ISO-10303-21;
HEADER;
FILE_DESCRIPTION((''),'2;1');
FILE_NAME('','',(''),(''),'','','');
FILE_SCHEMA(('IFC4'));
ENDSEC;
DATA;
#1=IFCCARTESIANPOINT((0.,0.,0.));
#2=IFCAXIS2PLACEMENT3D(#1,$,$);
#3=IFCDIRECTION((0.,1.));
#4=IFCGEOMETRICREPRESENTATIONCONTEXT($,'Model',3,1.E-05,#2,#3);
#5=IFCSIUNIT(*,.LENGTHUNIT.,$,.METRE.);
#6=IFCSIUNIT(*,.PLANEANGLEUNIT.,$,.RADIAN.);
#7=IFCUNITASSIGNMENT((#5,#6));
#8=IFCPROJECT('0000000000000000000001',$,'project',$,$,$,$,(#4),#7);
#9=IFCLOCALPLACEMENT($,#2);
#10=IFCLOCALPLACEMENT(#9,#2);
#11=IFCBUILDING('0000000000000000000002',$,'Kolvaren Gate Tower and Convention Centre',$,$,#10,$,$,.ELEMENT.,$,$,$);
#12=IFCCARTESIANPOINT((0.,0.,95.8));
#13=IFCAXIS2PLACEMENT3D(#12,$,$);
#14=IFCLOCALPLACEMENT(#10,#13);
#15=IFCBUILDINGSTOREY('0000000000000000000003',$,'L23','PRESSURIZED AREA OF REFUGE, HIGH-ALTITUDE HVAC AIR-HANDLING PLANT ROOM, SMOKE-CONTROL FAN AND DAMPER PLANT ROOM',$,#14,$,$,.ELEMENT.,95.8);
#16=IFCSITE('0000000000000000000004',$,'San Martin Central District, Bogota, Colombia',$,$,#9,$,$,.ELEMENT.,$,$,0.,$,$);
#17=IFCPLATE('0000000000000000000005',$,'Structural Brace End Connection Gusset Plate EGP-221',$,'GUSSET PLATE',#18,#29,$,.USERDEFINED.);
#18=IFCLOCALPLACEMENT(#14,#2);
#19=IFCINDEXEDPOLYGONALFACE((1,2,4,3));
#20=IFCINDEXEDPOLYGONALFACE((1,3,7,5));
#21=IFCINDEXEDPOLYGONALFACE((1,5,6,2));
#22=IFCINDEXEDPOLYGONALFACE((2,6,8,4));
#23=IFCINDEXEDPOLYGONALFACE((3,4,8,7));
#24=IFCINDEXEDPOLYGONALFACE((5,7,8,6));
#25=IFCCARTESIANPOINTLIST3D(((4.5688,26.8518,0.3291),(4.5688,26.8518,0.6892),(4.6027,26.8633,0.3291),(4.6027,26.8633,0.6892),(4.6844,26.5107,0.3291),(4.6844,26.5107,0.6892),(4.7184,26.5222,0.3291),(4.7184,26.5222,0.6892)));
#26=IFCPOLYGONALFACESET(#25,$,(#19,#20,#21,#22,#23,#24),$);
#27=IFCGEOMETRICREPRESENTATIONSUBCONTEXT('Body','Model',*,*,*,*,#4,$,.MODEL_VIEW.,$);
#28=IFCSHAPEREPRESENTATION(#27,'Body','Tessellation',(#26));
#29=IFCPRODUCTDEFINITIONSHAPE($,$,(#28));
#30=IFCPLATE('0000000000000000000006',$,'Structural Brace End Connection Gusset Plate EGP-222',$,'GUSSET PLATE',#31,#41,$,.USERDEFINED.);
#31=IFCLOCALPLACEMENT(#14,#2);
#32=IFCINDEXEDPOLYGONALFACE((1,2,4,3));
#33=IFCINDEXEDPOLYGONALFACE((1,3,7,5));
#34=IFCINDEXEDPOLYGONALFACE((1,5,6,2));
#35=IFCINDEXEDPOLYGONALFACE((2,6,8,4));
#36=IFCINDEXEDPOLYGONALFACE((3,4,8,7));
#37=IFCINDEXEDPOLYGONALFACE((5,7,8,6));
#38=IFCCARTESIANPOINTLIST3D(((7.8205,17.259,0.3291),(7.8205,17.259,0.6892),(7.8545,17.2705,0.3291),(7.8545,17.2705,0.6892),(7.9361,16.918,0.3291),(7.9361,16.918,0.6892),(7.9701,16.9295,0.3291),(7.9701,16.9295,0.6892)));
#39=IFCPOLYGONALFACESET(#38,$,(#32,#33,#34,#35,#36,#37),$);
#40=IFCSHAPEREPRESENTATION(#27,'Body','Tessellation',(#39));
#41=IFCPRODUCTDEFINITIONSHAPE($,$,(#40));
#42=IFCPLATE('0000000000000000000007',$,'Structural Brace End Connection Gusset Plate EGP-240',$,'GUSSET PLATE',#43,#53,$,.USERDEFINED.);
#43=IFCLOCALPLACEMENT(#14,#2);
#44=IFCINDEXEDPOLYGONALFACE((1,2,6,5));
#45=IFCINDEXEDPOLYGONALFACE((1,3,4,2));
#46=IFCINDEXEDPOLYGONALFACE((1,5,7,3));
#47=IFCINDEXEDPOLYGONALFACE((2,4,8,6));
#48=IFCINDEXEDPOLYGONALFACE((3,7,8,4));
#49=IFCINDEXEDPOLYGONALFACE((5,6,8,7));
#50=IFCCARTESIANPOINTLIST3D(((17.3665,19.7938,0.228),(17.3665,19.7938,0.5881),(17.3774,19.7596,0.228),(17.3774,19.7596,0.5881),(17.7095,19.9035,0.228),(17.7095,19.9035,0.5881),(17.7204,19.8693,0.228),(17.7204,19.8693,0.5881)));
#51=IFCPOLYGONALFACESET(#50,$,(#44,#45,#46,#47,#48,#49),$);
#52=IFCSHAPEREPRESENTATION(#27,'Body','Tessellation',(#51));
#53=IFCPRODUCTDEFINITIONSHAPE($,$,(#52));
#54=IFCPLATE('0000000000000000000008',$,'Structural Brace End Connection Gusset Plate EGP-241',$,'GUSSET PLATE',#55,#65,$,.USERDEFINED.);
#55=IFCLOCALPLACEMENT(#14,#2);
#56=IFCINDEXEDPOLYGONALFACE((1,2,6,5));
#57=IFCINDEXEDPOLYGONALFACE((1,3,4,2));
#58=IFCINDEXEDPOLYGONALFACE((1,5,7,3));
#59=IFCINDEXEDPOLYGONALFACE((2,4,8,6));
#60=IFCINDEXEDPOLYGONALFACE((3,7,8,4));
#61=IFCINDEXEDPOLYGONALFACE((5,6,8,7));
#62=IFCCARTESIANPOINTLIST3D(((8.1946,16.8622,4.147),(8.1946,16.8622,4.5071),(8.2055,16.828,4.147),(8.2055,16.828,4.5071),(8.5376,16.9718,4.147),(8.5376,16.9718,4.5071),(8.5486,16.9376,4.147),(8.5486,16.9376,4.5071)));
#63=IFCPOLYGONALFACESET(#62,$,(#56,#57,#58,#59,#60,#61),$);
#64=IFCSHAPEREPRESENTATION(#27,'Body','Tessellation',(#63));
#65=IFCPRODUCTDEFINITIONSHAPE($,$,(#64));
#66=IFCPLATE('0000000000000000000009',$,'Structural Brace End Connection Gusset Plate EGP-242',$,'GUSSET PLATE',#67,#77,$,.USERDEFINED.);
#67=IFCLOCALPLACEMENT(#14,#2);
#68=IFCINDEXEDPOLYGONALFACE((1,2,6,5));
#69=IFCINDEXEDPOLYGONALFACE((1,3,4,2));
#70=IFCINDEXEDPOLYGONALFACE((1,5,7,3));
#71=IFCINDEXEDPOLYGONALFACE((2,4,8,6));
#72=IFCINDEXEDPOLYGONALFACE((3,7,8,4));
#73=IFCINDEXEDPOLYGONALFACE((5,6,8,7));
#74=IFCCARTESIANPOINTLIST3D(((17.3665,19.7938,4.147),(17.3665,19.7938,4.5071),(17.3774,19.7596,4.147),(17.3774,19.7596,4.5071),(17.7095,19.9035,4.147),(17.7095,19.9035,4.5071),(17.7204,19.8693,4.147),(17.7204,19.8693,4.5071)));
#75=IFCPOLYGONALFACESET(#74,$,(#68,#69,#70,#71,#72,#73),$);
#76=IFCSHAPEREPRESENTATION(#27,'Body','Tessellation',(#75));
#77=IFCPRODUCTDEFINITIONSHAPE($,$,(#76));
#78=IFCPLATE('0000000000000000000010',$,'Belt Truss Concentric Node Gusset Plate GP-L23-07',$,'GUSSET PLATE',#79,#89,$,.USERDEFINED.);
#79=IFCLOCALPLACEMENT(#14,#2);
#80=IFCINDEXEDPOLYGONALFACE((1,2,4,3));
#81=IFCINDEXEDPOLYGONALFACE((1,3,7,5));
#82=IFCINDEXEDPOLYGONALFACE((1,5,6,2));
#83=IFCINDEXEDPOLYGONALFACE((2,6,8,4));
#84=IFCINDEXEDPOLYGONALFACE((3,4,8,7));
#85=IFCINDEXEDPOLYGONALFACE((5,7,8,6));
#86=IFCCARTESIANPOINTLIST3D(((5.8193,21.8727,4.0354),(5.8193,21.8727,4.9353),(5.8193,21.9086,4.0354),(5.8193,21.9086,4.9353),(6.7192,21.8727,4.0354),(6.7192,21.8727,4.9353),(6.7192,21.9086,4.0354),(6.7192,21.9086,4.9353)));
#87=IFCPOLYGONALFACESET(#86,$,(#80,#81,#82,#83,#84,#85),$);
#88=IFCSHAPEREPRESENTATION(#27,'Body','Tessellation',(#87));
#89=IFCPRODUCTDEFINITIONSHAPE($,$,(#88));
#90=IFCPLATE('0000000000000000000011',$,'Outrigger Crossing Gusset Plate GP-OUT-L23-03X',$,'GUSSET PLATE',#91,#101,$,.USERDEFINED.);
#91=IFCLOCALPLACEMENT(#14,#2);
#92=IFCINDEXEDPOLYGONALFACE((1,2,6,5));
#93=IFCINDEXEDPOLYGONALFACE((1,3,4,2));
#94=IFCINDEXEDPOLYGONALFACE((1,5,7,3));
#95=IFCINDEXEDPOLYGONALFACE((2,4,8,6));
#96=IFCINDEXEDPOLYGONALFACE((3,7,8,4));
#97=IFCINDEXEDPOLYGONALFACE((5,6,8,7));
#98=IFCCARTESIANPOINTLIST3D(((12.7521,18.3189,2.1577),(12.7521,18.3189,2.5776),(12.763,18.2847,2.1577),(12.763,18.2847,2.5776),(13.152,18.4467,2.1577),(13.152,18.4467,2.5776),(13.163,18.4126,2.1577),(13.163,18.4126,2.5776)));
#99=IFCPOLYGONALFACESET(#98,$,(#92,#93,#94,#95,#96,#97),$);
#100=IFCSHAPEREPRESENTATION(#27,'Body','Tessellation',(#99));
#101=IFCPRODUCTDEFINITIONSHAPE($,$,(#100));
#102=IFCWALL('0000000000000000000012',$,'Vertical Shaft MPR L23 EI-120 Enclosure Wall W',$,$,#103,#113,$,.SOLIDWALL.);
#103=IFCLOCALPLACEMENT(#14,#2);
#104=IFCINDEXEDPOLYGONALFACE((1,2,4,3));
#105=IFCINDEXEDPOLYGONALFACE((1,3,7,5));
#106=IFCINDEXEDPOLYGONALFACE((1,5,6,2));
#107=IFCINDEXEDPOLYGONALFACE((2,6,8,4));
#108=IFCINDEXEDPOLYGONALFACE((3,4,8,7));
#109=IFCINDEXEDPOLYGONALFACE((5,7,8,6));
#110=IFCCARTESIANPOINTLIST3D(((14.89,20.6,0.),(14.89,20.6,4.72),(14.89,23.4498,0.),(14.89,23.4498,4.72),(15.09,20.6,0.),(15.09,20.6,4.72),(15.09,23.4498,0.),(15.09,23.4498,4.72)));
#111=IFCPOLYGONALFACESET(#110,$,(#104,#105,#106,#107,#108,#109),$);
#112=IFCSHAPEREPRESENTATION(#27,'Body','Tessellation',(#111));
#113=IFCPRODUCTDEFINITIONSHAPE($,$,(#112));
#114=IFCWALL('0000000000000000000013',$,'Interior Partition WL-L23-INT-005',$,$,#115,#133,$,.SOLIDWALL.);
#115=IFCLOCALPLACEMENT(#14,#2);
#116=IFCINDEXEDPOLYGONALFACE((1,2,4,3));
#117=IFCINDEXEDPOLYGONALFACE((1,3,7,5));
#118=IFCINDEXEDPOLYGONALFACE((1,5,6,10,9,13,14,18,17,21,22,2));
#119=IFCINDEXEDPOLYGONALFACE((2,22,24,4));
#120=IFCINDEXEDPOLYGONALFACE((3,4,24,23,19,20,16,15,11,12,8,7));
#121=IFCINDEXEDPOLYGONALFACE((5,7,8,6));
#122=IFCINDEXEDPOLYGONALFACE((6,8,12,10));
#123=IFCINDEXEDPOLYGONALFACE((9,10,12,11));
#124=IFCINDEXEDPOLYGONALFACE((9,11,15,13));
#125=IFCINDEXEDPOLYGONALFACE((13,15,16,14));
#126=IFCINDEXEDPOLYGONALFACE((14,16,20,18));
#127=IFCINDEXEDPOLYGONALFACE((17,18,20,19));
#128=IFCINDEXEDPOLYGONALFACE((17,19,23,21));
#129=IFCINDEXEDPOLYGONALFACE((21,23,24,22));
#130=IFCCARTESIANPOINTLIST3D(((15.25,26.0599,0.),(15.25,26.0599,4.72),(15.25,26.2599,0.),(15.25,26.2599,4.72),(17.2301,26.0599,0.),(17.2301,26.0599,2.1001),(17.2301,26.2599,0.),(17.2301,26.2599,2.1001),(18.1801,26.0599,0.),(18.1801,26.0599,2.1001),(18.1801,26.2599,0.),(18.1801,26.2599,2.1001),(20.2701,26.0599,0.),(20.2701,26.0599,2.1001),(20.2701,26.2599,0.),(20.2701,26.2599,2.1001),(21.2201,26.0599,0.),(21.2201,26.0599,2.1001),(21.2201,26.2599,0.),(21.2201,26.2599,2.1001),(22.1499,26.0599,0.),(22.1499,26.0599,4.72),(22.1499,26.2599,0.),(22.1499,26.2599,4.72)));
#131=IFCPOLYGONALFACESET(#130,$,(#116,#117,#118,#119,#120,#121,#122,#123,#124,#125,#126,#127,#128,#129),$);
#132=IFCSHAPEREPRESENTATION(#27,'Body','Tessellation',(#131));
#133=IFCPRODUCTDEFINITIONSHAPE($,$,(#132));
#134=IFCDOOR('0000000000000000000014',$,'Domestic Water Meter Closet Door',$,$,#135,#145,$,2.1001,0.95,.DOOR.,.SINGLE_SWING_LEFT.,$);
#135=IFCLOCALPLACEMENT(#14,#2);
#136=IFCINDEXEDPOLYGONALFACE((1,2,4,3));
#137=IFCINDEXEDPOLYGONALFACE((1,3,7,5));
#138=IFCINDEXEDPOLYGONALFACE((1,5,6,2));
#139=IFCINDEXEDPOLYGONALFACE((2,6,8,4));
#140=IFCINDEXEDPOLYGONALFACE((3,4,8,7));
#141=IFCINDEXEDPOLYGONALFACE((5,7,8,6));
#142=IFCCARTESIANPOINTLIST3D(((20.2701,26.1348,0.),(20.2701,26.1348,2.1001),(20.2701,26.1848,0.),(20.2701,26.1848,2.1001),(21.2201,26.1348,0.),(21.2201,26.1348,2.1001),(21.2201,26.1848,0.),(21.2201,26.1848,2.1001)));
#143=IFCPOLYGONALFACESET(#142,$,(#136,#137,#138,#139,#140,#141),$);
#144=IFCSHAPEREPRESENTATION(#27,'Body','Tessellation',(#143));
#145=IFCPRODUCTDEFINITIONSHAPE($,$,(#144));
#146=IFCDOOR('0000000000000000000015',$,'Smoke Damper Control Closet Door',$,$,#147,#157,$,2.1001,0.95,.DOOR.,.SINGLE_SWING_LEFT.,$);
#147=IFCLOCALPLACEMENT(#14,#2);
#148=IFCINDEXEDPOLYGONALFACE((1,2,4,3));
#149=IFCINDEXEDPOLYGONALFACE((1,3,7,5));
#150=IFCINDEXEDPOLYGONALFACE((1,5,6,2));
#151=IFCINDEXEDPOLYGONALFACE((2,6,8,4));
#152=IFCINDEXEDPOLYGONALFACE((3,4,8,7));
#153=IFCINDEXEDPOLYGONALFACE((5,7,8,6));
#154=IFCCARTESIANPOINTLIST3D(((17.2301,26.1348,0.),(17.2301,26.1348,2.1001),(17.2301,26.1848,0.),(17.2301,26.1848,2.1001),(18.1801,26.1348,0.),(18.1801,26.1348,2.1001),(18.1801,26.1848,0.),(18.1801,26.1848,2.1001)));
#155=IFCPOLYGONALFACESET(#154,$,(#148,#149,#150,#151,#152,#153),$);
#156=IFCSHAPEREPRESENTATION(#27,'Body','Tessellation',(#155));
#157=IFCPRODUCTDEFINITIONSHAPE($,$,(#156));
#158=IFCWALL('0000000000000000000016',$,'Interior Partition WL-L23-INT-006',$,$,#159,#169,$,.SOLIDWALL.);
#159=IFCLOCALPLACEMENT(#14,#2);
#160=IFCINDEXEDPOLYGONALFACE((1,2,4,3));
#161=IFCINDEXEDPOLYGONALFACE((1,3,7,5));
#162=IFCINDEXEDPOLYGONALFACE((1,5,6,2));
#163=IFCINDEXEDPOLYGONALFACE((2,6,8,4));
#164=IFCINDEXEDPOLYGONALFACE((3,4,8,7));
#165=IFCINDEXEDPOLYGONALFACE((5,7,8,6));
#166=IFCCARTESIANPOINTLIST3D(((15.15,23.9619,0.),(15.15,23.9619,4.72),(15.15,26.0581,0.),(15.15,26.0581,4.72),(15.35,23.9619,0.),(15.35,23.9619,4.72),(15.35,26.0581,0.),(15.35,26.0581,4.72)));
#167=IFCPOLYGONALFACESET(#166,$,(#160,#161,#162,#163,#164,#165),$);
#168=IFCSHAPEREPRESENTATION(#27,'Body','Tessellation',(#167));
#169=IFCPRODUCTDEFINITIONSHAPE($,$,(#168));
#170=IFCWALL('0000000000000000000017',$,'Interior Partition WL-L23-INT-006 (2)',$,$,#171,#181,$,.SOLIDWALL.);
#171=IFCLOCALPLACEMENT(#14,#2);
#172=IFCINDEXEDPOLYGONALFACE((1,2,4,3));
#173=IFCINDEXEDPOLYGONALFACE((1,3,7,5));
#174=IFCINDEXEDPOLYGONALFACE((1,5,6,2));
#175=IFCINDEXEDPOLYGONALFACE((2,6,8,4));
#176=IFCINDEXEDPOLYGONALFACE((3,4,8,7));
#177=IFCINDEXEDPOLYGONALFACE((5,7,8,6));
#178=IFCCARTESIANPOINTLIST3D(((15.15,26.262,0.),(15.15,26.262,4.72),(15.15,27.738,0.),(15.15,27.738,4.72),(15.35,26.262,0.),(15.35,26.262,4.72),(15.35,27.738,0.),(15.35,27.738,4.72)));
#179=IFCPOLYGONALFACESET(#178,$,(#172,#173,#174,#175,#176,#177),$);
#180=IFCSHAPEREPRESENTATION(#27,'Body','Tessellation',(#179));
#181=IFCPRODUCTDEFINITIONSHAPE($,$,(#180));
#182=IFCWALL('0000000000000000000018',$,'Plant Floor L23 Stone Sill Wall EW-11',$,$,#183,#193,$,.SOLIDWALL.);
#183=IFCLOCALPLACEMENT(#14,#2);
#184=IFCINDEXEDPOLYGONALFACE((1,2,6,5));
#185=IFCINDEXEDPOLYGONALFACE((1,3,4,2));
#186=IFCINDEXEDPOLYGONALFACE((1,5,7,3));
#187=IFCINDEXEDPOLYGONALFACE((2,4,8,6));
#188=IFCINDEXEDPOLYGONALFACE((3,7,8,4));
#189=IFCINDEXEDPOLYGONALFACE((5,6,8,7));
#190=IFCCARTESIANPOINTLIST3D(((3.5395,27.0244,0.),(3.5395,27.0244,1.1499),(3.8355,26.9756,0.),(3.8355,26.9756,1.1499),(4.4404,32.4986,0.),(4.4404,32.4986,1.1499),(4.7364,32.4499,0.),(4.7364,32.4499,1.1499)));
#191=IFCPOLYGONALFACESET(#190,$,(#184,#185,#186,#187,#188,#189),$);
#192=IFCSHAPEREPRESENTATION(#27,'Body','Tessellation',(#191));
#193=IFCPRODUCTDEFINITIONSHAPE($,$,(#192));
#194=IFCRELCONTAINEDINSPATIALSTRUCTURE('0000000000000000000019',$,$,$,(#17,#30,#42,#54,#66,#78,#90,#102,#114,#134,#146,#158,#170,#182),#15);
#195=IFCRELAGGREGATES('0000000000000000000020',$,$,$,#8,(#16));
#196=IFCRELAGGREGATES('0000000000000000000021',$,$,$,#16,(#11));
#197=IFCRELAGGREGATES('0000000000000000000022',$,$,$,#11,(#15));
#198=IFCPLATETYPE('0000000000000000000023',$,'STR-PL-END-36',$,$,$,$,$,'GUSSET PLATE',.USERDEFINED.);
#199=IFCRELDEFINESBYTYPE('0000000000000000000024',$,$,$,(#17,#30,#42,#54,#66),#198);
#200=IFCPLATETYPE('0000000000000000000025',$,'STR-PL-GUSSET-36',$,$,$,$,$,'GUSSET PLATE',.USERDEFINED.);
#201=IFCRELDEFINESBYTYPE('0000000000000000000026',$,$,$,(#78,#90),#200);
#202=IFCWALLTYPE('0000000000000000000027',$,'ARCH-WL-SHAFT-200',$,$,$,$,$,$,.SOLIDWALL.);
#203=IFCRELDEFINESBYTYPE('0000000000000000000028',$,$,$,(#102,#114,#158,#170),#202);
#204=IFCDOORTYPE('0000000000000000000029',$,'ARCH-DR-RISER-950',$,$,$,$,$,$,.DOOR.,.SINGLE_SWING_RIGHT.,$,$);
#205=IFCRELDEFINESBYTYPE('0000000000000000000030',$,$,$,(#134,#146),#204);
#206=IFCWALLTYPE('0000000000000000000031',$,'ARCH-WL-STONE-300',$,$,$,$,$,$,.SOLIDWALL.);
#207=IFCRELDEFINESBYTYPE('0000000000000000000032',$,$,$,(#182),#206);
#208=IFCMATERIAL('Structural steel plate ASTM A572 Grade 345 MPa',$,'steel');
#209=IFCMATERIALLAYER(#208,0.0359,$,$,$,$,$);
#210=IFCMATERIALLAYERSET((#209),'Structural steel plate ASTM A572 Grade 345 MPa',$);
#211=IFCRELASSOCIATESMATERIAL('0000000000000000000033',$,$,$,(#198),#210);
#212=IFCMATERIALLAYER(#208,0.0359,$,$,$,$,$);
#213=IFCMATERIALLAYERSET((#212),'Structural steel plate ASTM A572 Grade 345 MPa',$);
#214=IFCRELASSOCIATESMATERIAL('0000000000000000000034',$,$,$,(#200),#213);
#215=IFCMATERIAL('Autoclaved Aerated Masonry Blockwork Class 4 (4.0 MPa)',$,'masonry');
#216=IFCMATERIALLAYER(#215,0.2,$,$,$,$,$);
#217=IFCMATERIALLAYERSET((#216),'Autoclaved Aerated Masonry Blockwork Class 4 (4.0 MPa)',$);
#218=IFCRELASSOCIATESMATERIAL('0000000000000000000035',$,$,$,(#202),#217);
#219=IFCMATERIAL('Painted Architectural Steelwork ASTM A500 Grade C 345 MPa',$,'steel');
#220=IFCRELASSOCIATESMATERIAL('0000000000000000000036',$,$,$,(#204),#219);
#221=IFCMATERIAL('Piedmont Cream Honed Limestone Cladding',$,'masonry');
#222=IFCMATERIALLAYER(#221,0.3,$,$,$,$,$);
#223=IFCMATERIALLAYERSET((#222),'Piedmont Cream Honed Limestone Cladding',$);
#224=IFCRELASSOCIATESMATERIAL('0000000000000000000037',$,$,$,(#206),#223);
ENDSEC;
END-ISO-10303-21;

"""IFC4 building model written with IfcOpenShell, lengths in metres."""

from ifc_helpers import new_model, si_unit, direction, frame, frame_2d, origin, origin_2d, place, context, subcontext, project, spatial, rectangle, extrude, material, layer, layer_set, type_object, element, fill, save


model = new_model("IFC4")

# Units and contexts
model_context = context("Model", 3, precision=1e-05, world=origin(), true_north=direction((0.0, 1.0)))
body_context = subcontext(model_context, "Body", "Model", "MODEL_VIEW")
ifc_project = project(units=[si_unit("LENGTHUNIT", "METRE"), si_unit("PLANEANGLEUNIT", "RADIAN")], contexts=[model_context])

# Site, building, storey
site_placement = place(None, origin())
site = spatial("IfcSite", under=ifc_project, at=site_placement, Name="San Martin Central District, Bogota, Colombia", CompositionType="ELEMENT", RefElevation=0.0)
building_placement = place(site_placement, origin())
building = spatial("IfcBuilding", under=site, at=building_placement, Name="Kolvaren Gate Tower and Convention Centre", CompositionType="ELEMENT")
storey_placement = place(building_placement, frame((0.0, 0.0, 95.8)))
storey = spatial("IfcBuildingStorey", under=building, at=storey_placement, Name="L23", Description="PRESSURIZED AREA OF REFUGE, HIGH-ALTITUDE HVAC AIR-HANDLING PLANT ROOM, SMOKE-CONTROL FAN AND DAMPER PLANT ROOM", CompositionType="ELEMENT", Elevation=95.8)

# Plates
ifc_material_1 = material(Name="Structural steel plate ASTM A572 Grade 345 MPa", Category="steel")
ifc_layer_1 = layer(ifc_material_1, 0.0359)
ifc_layer_set_1 = layer_set([ifc_layer_1], Name="Structural steel plate ASTM A572 Grade 345 MPa")
plate_type_1 = type_object("IfcPlateType", Name="STR-PL-END-36", ElementType="GUSSET PLATE", PredefinedType="USERDEFINED", material=ifc_layer_set_1)
for number, where, z_axis, x_axis, name in (
    (1, (4.6436, 26.687, 0.3291), (0.0, 0.0, 1.0), (0.321028, -0.94707, 0.0), "Structural Brace End Connection Gusset Plate EGP-221"),
    (2, (7.8953, 17.0942, 0.3291), (0.0, 0.0, 1.0), (-0.321011, 0.947075, 0.0), "Structural Brace End Connection Gusset Plate EGP-222"),
    (3, (17.5435, 19.8315, 0.228), (0.0, 0.0, 1.0), (-0.952522, -0.30447, 0.0), "Structural Brace End Connection Gusset Plate EGP-240"),
    (4, (8.3716, 16.8999, 4.147), (0.0, 0.0, 1.0), (-0.952522, -0.30447, 0.0), "Structural Brace End Connection Gusset Plate EGP-241"),
    (5, (17.5435, 19.8315, 4.147), (0.0, 0.0, 1.0), (0.952522, 0.30447, 0.0), "Structural Brace End Connection Gusset Plate EGP-242"),
):
    element("IfcPlate", number, at=place(storey_placement, frame(where, z_axis=z_axis, x_axis=x_axis)), inside=storey, type_object=plate_type_1, Name=name, ObjectType="GUSSET PLATE", PredefinedType="USERDEFINED", context=body_context, shape_type="SweptSolid", body=[
        extrude(rectangle(XDim=0.3601, YDim=0.0359, at=origin_2d()), origin(), (0.0, 0.0, 1.0), 0.3601),
    ])
ifc_layer_2 = layer(ifc_material_1, 0.0359)
ifc_layer_set_2 = layer_set([ifc_layer_2], Name="Structural steel plate ASTM A572 Grade 345 MPa")
plate_type_2 = type_object("IfcPlateType", Name="STR-PL-GUSSET-36", ElementType="GUSSET PLATE", PredefinedType="USERDEFINED", material=ifc_layer_set_2)
plate_1_placement = place(storey_placement, frame((6.2693, 21.8906, 4.0354), z_axis=(0.0, 0.0, 1.0), x_axis=(-1.0, 0.0, 0.0)))
element("IfcPlate", 6, at=plate_1_placement, inside=storey, type_object=plate_type_2, Name="Belt Truss Concentric Node Gusset Plate GP-L23-07", ObjectType="GUSSET PLATE", PredefinedType="USERDEFINED", context=body_context, shape_type="SweptSolid", body=[
    extrude(rectangle(XDim=0.8999, YDim=0.0359, at=origin_2d()), origin(), (0.0, 0.0, 1.0), 0.8999),
])
plate_2_placement = place(storey_placement, frame((12.9575, 18.3657, 2.1577), z_axis=(0.0, 0.0, 1.0), x_axis=(-0.952522, -0.30447, 0.0)))
element("IfcPlate", 7, at=plate_2_placement, inside=storey, type_object=plate_type_2, Name="Outrigger Crossing Gusset Plate GP-OUT-L23-03X", ObjectType="GUSSET PLATE", PredefinedType="USERDEFINED", context=body_context, shape_type="SweptSolid", body=[
    extrude(rectangle(XDim=0.4199, YDim=0.0359, at=origin_2d()), origin(), (0.0, 0.0, 1.0), 0.4199),
])

# Wall
ifc_material_2 = material(Name="Autoclaved Aerated Masonry Blockwork Class 4 (4.0 MPa)", Category="masonry")
ifc_layer_3 = layer(ifc_material_2, 0.2)
ifc_layer_set_3 = layer_set([ifc_layer_3], Name="Autoclaved Aerated Masonry Blockwork Class 4 (4.0 MPa)")
wall_type_1 = type_object("IfcWallType", Name="ARCH-WL-SHAFT-200", PredefinedType="SOLIDWALL", material=ifc_layer_set_3)
wall_1_placement = place(storey_placement, frame((14.99, 20.6001, 0.0), z_axis=(0.0, 0.0, 1.0), x_axis=(0.0, 1.0, 0.0)))
element("IfcWall", 8, at=wall_1_placement, inside=storey, type_object=wall_type_1, Name="Vertical Shaft MPR L23 EI-120 Enclosure Wall W", PredefinedType="SOLIDWALL", context=body_context, shape_type="SweptSolid", body=[
    extrude(rectangle(XDim=2.8499, YDim=0.2, at=frame_2d((1.4248, 0.0))), origin(), (0.0, 0.0, 1.0), 4.72),
])

# Wall, openings, doors
wall_2_placement = place(storey_placement, frame((15.25, 26.1599, 0.0), z_axis=(0.0, 0.0, 1.0), x_axis=(1.0, 0.0, 0.0)))
wall_2 = element("IfcWall", 9, at=wall_2_placement, inside=storey, type_object=wall_type_1, Name="Interior Partition WL-L23-INT-005", PredefinedType="SOLIDWALL", context=body_context, shape_type="SweptSolid", body=[
    extrude(rectangle(XDim=6.8999, YDim=0.2, at=frame_2d((3.45, 0.0))), origin(), (0.0, 0.0, 1.0), 4.72),
])
opening_1_placement = place(wall_2_placement, frame((5.02, 0.0, 0.0)))
opening_1 = element("IfcOpeningElement", 10, at=opening_1_placement, cuts=wall_2, PredefinedType="OPENING", context=body_context, shape_type="SweptSolid", body=[
    extrude(rectangle(XDim=0.95, YDim=2.1001, at=frame_2d((0.4751, 1.05))), frame((0.0, 0.1099, 0.0), z_axis=(0.0, -1.0, 0.0), x_axis=(1.0, 0.0, 0.0)), (0.0, 0.0, 1.0), 0.22),
])
opening_2_placement = place(wall_2_placement, frame((1.98, 0.0, 0.0)))
opening_2 = element("IfcOpeningElement", 11, at=opening_2_placement, cuts=wall_2, PredefinedType="OPENING", context=body_context, shape_type="SweptSolid", body=[
    extrude(rectangle(XDim=0.95, YDim=2.1001, at=frame_2d((0.4751, 1.05))), frame((0.0, 0.1099, 0.0), z_axis=(0.0, -1.0, 0.0), x_axis=(1.0, 0.0, 0.0)), (0.0, 0.0, 1.0), 0.22),
])
ifc_material_3 = material(Name="Painted Architectural Steelwork ASTM A500 Grade C 345 MPa", Category="steel")
door_type = type_object("IfcDoorType", Name="ARCH-DR-RISER-950", OperationType="SINGLE_SWING_RIGHT", PredefinedType="DOOR", material=ifc_material_3)
door_1_placement = place(opening_1_placement, origin())
door_1 = element("IfcDoor", 12, at=door_1_placement, inside=storey, type_object=door_type, Name="Domestic Water Meter Closet Door", OperationType="SINGLE_SWING_LEFT", OverallHeight=2.1001, OverallWidth=0.95, PredefinedType="DOOR", context=body_context, shape_type="SweptSolid", body=[
    extrude(rectangle(XDim=0.95, YDim=2.1001, at=frame_2d((0.4751, 1.05))), frame((0.0, 0.0249, 0.0), z_axis=(0.0, -1.0, 0.0), x_axis=(1.0, 0.0, 0.0)), (0.0, 0.0, 1.0), 0.05),
])
fill(opening_1, door_1)
door_2_placement = place(opening_2_placement, origin())
door_2 = element("IfcDoor", 13, at=door_2_placement, inside=storey, type_object=door_type, Name="Smoke Damper Control Closet Door", OperationType="SINGLE_SWING_LEFT", OverallHeight=2.1001, OverallWidth=0.95, PredefinedType="DOOR", context=body_context, shape_type="SweptSolid", body=[
    extrude(rectangle(XDim=0.95, YDim=2.1001, at=frame_2d((0.4751, 1.05))), frame((0.0, 0.0249, 0.0), z_axis=(0.0, -1.0, 0.0), x_axis=(1.0, 0.0, 0.0)), (0.0, 0.0, 1.0), 0.05),
])
fill(opening_2, door_2)

# Walls
wall_3_placement = place(storey_placement, frame((15.25, 23.9619, 0.0), z_axis=(0.0, 0.0, 1.0), x_axis=(0.0, 1.0, 0.0)))
element("IfcWall", 14, at=wall_3_placement, inside=storey, type_object=wall_type_1, Name="Interior Partition WL-L23-INT-006", PredefinedType="SOLIDWALL", context=body_context, shape_type="SweptSolid", body=[
    extrude(rectangle(XDim=2.0962, YDim=0.2, at=frame_2d((1.0481, 0.0))), origin(), (0.0, 0.0, 1.0), 4.72),
])
wall_4_placement = place(storey_placement, frame((15.25, 26.262, 0.0), z_axis=(0.0, 0.0, 1.0), x_axis=(0.0, 1.0, 0.0)))
element("IfcWall", 15, at=wall_4_placement, inside=storey, type_object=wall_type_1, Name="Interior Partition WL-L23-INT-006 (2)", PredefinedType="SOLIDWALL", context=body_context, shape_type="SweptSolid", body=[
    extrude(rectangle(XDim=1.4761, YDim=0.2, at=frame_2d((0.738, 0.0))), origin(), (0.0, 0.0, 1.0), 4.72),
])
ifc_material_4 = material(Name="Piedmont Cream Honed Limestone Cladding", Category="masonry")
ifc_layer_4 = layer(ifc_material_4, 0.3)
ifc_layer_set_4 = layer_set([ifc_layer_4], Name="Piedmont Cream Honed Limestone Cladding")
wall_type_2 = type_object("IfcWallType", Name="ARCH-WL-STONE-300", PredefinedType="SOLIDWALL", material=ifc_layer_set_4)
for number, where, z_axis, x_axis, name in (
    (16, (3.6875, 27.0, 0.0), (0.0, 0.0, 1.0), (0.162386, 0.986727, 0.0), "Plant Floor L23 Stone Sill Wall EW-11"),
):
    element("IfcWall", number, at=place(storey_placement, frame(where, z_axis=z_axis, x_axis=x_axis)), inside=storey, type_object=wall_type_2, Name=name, PredefinedType="SOLIDWALL", context=body_context, shape_type="SweptSolid", body=[
        extrude(rectangle(XDim=5.5479, YDim=0.3, at=frame_2d((2.7739, 0.0))), origin(), (0.0, 0.0, 1.0), 1.1499),
    ])

save(model, "model.ifc")
